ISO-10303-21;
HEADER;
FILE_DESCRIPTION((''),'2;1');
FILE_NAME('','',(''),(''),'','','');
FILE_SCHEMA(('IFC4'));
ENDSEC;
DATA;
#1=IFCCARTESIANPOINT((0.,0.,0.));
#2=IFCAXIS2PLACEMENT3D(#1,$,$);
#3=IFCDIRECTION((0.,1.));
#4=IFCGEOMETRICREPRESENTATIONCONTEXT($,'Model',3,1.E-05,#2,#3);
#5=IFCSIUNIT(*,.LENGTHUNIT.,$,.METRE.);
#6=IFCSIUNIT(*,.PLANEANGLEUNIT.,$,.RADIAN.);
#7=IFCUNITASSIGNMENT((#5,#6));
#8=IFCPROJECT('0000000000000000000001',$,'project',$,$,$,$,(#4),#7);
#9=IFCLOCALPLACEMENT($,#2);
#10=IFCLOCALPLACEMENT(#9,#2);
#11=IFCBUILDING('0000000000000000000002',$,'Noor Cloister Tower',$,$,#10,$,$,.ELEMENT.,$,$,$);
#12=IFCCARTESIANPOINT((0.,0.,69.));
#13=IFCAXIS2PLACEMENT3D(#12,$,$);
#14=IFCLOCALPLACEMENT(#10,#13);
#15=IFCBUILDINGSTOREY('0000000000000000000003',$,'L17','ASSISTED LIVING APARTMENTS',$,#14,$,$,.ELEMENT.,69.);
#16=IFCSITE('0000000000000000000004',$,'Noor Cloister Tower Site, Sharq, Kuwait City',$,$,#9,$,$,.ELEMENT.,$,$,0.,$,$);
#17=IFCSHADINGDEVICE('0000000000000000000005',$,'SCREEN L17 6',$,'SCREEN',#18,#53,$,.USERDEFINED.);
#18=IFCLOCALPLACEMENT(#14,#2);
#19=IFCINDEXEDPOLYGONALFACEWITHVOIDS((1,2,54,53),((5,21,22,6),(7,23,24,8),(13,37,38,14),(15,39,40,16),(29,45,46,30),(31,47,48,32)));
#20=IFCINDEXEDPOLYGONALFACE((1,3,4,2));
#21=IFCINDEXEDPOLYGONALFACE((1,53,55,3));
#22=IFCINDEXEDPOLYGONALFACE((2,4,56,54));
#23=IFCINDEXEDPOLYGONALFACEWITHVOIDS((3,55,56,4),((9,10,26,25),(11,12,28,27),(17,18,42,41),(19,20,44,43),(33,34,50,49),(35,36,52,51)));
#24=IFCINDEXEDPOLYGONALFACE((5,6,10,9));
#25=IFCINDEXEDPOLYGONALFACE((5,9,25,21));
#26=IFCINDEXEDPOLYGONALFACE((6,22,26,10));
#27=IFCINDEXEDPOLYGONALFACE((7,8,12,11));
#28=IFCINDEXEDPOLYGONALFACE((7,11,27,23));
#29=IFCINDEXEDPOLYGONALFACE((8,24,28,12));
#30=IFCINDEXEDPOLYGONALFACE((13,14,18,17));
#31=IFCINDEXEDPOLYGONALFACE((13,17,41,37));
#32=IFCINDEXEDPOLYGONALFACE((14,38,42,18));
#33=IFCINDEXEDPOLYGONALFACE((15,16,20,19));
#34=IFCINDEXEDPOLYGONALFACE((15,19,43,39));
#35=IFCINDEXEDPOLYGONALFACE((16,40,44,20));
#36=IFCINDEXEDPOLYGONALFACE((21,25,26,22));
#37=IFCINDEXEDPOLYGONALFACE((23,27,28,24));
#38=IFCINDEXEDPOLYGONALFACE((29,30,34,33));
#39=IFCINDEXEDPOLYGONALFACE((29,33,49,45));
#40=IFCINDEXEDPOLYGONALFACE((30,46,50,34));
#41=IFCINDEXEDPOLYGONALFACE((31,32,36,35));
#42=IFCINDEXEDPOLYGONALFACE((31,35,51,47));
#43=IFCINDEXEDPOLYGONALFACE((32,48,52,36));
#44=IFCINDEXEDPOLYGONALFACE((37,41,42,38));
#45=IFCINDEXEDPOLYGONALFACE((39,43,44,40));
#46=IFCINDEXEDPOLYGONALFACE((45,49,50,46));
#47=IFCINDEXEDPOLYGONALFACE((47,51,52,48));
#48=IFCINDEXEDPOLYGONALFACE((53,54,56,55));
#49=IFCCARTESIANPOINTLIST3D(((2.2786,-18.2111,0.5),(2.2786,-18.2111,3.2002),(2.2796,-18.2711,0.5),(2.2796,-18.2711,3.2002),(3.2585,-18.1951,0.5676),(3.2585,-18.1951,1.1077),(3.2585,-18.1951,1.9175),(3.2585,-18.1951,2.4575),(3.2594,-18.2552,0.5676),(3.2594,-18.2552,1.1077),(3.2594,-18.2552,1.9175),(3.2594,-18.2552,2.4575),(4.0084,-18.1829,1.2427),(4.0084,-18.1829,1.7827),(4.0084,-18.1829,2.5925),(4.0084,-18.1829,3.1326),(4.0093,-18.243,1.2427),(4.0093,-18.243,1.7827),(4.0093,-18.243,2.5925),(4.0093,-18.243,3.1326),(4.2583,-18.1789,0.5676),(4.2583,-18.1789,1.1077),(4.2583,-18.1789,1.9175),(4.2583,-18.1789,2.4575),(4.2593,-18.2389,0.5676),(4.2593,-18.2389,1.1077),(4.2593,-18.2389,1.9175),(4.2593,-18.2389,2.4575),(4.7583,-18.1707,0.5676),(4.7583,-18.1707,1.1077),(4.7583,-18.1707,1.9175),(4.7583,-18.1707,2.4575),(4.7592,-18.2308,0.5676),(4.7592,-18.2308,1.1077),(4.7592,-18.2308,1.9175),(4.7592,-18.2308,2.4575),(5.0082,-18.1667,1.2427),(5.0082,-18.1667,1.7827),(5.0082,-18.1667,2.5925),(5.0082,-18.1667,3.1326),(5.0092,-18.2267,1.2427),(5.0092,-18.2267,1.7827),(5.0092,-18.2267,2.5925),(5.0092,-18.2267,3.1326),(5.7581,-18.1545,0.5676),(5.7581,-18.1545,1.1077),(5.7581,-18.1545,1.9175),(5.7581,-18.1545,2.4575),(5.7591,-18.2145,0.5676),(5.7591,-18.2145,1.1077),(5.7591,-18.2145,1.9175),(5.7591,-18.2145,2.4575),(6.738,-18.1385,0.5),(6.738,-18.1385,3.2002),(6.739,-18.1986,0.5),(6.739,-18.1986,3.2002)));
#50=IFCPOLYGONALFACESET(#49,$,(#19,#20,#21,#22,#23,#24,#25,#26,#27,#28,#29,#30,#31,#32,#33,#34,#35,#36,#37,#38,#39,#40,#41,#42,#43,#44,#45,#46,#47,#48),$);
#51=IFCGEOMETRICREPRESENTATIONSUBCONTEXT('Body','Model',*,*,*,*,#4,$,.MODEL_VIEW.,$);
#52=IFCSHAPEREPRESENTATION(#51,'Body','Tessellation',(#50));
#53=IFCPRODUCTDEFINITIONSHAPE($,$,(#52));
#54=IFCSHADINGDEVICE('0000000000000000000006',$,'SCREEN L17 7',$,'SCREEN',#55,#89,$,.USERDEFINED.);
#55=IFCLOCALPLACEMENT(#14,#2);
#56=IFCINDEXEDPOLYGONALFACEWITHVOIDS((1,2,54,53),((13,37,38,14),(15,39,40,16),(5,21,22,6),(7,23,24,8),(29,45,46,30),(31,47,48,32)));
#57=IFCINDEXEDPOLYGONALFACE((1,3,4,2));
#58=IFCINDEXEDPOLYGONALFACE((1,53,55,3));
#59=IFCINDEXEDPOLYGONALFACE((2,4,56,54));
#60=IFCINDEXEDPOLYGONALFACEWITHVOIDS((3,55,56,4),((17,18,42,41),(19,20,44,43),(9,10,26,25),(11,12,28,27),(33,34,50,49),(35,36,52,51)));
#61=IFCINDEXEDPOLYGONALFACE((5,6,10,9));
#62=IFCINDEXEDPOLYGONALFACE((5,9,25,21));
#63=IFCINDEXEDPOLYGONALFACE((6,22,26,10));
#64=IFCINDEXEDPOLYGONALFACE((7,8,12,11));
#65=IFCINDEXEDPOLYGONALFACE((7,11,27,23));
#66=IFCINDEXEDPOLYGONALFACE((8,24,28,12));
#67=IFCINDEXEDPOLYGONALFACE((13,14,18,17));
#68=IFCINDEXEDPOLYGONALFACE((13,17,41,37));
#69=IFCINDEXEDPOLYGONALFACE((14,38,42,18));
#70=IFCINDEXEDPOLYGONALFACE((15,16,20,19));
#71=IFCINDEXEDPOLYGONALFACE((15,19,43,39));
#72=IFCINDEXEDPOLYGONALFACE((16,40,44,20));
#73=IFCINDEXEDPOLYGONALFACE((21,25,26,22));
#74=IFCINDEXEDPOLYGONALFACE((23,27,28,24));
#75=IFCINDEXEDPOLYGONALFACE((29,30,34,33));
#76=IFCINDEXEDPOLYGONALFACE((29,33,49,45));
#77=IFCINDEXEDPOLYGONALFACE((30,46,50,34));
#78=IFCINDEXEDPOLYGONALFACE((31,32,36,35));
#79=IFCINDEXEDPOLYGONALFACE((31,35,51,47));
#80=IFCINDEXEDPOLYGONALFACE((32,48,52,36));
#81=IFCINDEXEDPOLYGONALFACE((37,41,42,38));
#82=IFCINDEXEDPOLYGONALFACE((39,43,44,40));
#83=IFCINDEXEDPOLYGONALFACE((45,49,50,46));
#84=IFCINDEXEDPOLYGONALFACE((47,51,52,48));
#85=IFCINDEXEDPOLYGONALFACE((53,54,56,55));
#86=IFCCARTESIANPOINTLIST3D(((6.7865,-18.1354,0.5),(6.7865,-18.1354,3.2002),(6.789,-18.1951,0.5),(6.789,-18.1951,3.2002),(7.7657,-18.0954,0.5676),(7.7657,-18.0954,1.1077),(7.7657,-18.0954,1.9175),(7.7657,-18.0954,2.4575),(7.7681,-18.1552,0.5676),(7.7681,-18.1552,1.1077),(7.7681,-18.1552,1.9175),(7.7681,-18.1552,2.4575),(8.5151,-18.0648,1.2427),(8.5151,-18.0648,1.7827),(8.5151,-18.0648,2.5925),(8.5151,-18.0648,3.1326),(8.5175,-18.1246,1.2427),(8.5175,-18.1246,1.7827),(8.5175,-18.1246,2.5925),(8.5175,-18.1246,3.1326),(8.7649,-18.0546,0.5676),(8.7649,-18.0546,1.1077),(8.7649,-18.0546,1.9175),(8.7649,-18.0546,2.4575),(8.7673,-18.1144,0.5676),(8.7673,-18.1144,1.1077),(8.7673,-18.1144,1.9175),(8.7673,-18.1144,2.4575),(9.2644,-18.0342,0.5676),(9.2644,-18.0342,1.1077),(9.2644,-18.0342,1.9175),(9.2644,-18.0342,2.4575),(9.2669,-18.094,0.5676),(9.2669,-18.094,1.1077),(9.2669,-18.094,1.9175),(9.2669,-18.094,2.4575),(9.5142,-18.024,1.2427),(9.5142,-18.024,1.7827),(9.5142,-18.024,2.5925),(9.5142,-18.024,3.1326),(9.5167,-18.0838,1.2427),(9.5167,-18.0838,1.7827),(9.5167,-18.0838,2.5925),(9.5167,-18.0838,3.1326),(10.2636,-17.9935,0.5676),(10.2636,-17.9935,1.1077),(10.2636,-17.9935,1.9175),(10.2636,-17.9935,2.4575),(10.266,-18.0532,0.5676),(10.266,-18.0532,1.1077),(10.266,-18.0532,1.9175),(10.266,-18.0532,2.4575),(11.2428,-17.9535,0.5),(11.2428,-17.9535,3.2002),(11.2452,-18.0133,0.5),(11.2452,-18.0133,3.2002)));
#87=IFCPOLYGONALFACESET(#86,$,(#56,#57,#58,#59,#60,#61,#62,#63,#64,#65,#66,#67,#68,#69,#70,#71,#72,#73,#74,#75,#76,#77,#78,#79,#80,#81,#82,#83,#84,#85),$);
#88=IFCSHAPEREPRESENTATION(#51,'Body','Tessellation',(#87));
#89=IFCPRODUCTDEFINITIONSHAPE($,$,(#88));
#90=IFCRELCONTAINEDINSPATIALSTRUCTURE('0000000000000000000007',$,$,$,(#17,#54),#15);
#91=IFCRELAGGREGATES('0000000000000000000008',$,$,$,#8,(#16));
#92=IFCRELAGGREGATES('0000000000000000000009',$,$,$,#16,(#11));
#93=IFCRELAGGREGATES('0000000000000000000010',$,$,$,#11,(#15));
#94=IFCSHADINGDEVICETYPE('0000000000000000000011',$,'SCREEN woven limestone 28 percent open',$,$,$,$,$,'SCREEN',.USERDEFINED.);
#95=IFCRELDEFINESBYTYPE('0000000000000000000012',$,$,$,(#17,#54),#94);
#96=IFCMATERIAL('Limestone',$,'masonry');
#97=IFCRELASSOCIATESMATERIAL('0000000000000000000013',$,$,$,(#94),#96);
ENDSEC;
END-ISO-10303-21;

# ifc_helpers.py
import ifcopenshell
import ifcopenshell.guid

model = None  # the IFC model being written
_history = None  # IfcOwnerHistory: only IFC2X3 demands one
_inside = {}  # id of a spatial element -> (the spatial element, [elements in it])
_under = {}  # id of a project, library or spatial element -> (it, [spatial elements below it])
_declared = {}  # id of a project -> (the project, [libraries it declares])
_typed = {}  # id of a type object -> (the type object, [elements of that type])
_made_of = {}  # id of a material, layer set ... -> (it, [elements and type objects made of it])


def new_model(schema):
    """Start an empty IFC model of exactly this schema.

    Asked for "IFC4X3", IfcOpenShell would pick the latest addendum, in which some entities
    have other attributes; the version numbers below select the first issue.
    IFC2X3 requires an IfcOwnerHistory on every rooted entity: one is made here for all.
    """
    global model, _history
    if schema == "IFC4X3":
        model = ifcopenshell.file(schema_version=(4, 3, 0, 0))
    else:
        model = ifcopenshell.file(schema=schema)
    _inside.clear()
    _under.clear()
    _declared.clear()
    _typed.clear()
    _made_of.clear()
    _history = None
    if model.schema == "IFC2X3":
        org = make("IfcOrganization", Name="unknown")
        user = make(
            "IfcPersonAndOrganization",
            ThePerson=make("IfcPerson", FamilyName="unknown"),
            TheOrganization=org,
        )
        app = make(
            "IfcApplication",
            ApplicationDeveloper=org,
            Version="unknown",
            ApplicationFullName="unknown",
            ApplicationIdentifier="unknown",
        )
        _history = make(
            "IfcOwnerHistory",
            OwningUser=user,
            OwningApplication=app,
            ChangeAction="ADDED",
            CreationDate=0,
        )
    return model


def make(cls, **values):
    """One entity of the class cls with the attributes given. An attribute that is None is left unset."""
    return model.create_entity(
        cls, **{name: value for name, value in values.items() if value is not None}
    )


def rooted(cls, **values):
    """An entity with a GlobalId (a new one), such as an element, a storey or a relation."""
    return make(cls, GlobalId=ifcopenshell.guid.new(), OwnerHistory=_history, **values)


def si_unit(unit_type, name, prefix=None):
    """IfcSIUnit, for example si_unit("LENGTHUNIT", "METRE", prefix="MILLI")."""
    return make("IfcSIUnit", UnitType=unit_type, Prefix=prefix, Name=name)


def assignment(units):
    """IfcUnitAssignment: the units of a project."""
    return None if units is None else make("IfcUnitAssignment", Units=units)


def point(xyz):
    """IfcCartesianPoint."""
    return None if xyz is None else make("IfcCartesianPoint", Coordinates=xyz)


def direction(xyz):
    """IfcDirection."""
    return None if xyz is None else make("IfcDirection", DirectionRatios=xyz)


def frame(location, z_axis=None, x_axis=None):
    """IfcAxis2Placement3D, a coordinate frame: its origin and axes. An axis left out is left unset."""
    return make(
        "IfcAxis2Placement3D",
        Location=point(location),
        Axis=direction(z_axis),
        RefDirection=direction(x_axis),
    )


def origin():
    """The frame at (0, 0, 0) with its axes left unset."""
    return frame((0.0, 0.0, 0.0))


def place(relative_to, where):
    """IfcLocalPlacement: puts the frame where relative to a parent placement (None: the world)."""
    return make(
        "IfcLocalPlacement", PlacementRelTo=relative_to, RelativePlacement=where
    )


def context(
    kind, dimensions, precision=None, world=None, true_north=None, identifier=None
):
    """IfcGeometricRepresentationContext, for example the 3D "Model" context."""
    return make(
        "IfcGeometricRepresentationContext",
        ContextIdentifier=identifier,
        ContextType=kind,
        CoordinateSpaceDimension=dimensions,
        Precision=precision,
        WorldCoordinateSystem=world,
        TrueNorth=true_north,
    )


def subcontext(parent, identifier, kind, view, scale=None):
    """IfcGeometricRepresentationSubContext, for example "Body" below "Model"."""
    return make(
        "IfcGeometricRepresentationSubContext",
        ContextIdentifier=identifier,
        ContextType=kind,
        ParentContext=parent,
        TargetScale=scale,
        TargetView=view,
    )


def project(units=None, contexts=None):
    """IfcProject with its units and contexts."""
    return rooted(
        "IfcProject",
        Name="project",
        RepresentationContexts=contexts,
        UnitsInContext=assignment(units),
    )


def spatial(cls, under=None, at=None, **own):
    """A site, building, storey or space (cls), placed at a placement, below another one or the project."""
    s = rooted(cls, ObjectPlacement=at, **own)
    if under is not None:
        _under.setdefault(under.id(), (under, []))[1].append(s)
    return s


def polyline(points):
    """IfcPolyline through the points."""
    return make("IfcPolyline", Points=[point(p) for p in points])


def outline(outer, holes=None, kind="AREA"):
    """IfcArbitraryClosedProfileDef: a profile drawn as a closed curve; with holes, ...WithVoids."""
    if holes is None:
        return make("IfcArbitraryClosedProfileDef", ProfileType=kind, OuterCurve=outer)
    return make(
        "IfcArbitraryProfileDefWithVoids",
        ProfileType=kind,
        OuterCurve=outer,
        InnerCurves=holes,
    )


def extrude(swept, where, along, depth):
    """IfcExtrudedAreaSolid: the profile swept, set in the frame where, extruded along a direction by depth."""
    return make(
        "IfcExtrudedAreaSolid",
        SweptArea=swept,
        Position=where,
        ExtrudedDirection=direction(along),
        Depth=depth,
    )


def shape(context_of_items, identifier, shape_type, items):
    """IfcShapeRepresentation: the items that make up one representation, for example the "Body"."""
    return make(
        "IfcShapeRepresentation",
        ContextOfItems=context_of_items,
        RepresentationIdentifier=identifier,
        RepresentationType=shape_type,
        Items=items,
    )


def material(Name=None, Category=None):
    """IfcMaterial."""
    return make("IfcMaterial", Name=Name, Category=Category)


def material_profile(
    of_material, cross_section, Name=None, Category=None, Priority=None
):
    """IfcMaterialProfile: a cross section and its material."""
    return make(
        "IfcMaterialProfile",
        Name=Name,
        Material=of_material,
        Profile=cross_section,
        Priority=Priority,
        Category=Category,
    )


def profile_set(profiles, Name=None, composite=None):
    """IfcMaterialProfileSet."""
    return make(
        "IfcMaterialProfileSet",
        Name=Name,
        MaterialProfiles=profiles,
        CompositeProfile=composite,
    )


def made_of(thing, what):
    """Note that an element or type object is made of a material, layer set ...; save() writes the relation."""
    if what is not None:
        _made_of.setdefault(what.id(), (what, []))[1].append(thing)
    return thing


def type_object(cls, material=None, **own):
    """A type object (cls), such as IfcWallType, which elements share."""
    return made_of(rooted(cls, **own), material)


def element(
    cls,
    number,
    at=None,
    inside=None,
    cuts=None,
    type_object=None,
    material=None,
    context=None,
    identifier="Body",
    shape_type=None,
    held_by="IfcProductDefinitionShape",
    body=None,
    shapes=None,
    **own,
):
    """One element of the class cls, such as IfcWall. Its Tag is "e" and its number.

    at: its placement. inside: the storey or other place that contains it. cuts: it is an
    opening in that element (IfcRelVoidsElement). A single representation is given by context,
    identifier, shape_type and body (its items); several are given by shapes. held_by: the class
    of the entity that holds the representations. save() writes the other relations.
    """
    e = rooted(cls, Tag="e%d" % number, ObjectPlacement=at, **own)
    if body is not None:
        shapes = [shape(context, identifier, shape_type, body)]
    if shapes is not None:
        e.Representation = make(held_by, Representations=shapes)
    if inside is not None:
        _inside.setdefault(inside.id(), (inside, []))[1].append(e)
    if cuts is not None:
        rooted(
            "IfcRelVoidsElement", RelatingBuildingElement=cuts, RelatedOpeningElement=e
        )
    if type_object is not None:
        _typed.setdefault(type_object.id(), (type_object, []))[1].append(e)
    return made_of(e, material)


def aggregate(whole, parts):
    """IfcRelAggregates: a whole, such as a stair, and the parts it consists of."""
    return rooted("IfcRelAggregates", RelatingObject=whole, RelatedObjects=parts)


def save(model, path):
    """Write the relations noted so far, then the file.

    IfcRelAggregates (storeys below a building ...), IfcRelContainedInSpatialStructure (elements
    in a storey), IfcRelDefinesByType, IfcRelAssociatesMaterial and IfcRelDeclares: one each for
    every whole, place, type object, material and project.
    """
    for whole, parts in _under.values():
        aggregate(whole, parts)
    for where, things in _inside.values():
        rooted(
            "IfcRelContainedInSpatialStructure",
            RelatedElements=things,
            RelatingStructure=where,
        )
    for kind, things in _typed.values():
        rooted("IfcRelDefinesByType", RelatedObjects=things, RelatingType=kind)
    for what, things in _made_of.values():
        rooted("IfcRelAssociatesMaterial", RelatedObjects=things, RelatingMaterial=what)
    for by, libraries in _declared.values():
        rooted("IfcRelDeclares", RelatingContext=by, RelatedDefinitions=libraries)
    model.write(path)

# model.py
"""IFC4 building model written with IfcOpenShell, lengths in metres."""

from ifc_helpers import new_model, si_unit, direction, frame, origin, place, context, subcontext, project, spatial, polyline, outline, extrude, material, material_profile, profile_set, type_object, element, save


model = new_model("IFC4")

# Units and contexts
model_context = context("Model", 3, precision=1e-05, world=origin(), true_north=direction((0.0, 1.0)))
body_context = subcontext(model_context, "Body", "Model", "MODEL_VIEW")
ifc_project = project(units=[si_unit("LENGTHUNIT", "METRE"), si_unit("PLANEANGLEUNIT", "RADIAN")], contexts=[model_context])

# Site, building, storey
site_placement = place(None, origin())
site = spatial("IfcSite", under=ifc_project, at=site_placement, Name="Noor Cloister Tower Site, Sharq, Kuwait City", CompositionType="ELEMENT", RefElevation=0.0)
building_placement = place(site_placement, origin())
building = spatial("IfcBuilding", under=site, at=building_placement, Name="Noor Cloister Tower", CompositionType="ELEMENT")
storey_placement = place(building_placement, frame((0.0, 0.0, 69.0)))
storey = spatial("IfcBuildingStorey", under=building, at=storey_placement, Name="L17", Description="ASSISTED LIVING APARTMENTS", CompositionType="ELEMENT", Elevation=69.0)

# Shading devices
ifc_material_1 = material(Name="Limestone", Category="masonry")
ifc_material_profile_1 = material_profile(ifc_material_1, outline(polyline([(-2.23, -1.3501), (2.23, -1.3501), (2.23, 1.3501), (-2.23, 1.3501), (-2.23, -1.3501)]), holes=[polyline([(-1.25, -1.2825), (-0.25, -1.2825), (-0.25, -0.7424), (-1.25, -0.7424), (-1.25, -1.2825)]), polyline([(0.25, -1.2825), (1.25, -1.2825), (1.25, -0.7424), (0.25, -0.7424), (0.25, -1.2825)]), polyline([(-0.5, -0.6074), (0.5, -0.6074), (0.5, -0.0674), (-0.5, -0.0674), (-0.5, -0.6074)]), polyline([(-1.25, 0.0674), (-0.25, 0.0674), (-0.25, 0.6074), (-1.25, 0.6074), (-1.25, 0.0674)]), polyline([(0.25, 0.0674), (1.25, 0.0674), (1.25, 0.6074), (0.25, 0.6074), (0.25, 0.0674)]), polyline([(-0.5, 0.7424), (0.5, 0.7424), (0.5, 1.2825), (-0.5, 1.2825), (-0.5, 0.7424)])]), Name="Woven screen 28 percent open")
ifc_profile_set_1 = profile_set([ifc_material_profile_1], Name="Limestone")
shading_device_type = type_object("IfcShadingDeviceType", Name="SCREEN woven limestone 28 percent open", ElementType="SCREEN", PredefinedType="USERDEFINED", material=ifc_profile_set_1)
shading_device_1_placement = place(storey_placement, frame((4.5083, -18.1748, 1.8501), z_axis=(0.016258, -0.999868, 0.0), x_axis=(0.999868, 0.016258, 0.0)))
element("IfcShadingDevice", 1, at=shading_device_1_placement, inside=storey, type_object=shading_device_type, Name="SCREEN L17 6", ObjectType="SCREEN", PredefinedType="USERDEFINED", context=body_context, shape_type="SweptSolid", body=[
    extrude(outline(polyline([(-2.23, -1.3501), (2.23, -1.3501), (2.23, 1.3501), (-2.23, 1.3501), (-2.23, -1.3501)]), holes=[polyline([(-1.25, -1.2825), (-0.25, -1.2825), (-0.25, -0.7424), (-1.25, -0.7424), (-1.25, -1.2825)]), polyline([(0.25, -1.2825), (1.25, -1.2825), (1.25, -0.7424), (0.25, -0.7424), (0.25, -1.2825)]), polyline([(-0.5, -0.6074), (0.5, -0.6074), (0.5, -0.0674), (-0.5, -0.0674), (-0.5, -0.6074)]), polyline([(-1.25, 0.0674), (-0.25, 0.0674), (-0.25, 0.6074), (-1.25, 0.6074), (-1.25, 0.0674)]), polyline([(0.25, 0.0674), (1.25, 0.0674), (1.25, 0.6074), (0.25, 0.6074), (0.25, 0.0674)]), polyline([(-0.5, 0.7424), (0.5, 0.7424), (0.5, 1.2825), (-0.5, 1.2825), (-0.5, 0.7424)])]), origin(), (0.0, 0.0, 1.0), 0.0601),
])
shading_device_2_placement = place(storey_placement, frame((9.0146, -18.0444, 1.8501), z_axis=(0.040782, -0.999168, 0.0), x_axis=(0.999168, 0.040782, 0.0)))
element("IfcShadingDevice", 2, at=shading_device_2_placement, inside=storey, type_object=shading_device_type, Name="SCREEN L17 7", ObjectType="SCREEN", PredefinedType="USERDEFINED", context=body_context, shape_type="SweptSolid", body=[
    extrude(outline(polyline([(-2.23, -1.3501), (2.23, -1.3501), (2.23, 1.3501), (-2.23, 1.3501), (-2.23, -1.3501)]), holes=[polyline([(-1.25, -1.2825), (-0.25, -1.2825), (-0.25, -0.7424), (-1.25, -0.7424), (-1.25, -1.2825)]), polyline([(0.25, -1.2825), (1.25, -1.2825), (1.25, -0.7424), (0.25, -0.7424), (0.25, -1.2825)]), polyline([(-0.5, -0.6074), (0.5, -0.6074), (0.5, -0.0674), (-0.5, -0.0674), (-0.5, -0.6074)]), polyline([(-1.25, 0.0674), (-0.25, 0.0674), (-0.25, 0.6074), (-1.25, 0.6074), (-1.25, 0.0674)]), polyline([(0.25, 0.0674), (1.25, 0.0674), (1.25, 0.6074), (0.25, 0.6074), (0.25, 0.0674)]), polyline([(-0.5, 0.7424), (0.5, 0.7424), (0.5, 1.2825), (-0.5, 1.2825), (-0.5, 0.7424)])]), origin(), (0.0, 0.0, 1.0), 0.0598),
])

save(model, "model.ifc")
